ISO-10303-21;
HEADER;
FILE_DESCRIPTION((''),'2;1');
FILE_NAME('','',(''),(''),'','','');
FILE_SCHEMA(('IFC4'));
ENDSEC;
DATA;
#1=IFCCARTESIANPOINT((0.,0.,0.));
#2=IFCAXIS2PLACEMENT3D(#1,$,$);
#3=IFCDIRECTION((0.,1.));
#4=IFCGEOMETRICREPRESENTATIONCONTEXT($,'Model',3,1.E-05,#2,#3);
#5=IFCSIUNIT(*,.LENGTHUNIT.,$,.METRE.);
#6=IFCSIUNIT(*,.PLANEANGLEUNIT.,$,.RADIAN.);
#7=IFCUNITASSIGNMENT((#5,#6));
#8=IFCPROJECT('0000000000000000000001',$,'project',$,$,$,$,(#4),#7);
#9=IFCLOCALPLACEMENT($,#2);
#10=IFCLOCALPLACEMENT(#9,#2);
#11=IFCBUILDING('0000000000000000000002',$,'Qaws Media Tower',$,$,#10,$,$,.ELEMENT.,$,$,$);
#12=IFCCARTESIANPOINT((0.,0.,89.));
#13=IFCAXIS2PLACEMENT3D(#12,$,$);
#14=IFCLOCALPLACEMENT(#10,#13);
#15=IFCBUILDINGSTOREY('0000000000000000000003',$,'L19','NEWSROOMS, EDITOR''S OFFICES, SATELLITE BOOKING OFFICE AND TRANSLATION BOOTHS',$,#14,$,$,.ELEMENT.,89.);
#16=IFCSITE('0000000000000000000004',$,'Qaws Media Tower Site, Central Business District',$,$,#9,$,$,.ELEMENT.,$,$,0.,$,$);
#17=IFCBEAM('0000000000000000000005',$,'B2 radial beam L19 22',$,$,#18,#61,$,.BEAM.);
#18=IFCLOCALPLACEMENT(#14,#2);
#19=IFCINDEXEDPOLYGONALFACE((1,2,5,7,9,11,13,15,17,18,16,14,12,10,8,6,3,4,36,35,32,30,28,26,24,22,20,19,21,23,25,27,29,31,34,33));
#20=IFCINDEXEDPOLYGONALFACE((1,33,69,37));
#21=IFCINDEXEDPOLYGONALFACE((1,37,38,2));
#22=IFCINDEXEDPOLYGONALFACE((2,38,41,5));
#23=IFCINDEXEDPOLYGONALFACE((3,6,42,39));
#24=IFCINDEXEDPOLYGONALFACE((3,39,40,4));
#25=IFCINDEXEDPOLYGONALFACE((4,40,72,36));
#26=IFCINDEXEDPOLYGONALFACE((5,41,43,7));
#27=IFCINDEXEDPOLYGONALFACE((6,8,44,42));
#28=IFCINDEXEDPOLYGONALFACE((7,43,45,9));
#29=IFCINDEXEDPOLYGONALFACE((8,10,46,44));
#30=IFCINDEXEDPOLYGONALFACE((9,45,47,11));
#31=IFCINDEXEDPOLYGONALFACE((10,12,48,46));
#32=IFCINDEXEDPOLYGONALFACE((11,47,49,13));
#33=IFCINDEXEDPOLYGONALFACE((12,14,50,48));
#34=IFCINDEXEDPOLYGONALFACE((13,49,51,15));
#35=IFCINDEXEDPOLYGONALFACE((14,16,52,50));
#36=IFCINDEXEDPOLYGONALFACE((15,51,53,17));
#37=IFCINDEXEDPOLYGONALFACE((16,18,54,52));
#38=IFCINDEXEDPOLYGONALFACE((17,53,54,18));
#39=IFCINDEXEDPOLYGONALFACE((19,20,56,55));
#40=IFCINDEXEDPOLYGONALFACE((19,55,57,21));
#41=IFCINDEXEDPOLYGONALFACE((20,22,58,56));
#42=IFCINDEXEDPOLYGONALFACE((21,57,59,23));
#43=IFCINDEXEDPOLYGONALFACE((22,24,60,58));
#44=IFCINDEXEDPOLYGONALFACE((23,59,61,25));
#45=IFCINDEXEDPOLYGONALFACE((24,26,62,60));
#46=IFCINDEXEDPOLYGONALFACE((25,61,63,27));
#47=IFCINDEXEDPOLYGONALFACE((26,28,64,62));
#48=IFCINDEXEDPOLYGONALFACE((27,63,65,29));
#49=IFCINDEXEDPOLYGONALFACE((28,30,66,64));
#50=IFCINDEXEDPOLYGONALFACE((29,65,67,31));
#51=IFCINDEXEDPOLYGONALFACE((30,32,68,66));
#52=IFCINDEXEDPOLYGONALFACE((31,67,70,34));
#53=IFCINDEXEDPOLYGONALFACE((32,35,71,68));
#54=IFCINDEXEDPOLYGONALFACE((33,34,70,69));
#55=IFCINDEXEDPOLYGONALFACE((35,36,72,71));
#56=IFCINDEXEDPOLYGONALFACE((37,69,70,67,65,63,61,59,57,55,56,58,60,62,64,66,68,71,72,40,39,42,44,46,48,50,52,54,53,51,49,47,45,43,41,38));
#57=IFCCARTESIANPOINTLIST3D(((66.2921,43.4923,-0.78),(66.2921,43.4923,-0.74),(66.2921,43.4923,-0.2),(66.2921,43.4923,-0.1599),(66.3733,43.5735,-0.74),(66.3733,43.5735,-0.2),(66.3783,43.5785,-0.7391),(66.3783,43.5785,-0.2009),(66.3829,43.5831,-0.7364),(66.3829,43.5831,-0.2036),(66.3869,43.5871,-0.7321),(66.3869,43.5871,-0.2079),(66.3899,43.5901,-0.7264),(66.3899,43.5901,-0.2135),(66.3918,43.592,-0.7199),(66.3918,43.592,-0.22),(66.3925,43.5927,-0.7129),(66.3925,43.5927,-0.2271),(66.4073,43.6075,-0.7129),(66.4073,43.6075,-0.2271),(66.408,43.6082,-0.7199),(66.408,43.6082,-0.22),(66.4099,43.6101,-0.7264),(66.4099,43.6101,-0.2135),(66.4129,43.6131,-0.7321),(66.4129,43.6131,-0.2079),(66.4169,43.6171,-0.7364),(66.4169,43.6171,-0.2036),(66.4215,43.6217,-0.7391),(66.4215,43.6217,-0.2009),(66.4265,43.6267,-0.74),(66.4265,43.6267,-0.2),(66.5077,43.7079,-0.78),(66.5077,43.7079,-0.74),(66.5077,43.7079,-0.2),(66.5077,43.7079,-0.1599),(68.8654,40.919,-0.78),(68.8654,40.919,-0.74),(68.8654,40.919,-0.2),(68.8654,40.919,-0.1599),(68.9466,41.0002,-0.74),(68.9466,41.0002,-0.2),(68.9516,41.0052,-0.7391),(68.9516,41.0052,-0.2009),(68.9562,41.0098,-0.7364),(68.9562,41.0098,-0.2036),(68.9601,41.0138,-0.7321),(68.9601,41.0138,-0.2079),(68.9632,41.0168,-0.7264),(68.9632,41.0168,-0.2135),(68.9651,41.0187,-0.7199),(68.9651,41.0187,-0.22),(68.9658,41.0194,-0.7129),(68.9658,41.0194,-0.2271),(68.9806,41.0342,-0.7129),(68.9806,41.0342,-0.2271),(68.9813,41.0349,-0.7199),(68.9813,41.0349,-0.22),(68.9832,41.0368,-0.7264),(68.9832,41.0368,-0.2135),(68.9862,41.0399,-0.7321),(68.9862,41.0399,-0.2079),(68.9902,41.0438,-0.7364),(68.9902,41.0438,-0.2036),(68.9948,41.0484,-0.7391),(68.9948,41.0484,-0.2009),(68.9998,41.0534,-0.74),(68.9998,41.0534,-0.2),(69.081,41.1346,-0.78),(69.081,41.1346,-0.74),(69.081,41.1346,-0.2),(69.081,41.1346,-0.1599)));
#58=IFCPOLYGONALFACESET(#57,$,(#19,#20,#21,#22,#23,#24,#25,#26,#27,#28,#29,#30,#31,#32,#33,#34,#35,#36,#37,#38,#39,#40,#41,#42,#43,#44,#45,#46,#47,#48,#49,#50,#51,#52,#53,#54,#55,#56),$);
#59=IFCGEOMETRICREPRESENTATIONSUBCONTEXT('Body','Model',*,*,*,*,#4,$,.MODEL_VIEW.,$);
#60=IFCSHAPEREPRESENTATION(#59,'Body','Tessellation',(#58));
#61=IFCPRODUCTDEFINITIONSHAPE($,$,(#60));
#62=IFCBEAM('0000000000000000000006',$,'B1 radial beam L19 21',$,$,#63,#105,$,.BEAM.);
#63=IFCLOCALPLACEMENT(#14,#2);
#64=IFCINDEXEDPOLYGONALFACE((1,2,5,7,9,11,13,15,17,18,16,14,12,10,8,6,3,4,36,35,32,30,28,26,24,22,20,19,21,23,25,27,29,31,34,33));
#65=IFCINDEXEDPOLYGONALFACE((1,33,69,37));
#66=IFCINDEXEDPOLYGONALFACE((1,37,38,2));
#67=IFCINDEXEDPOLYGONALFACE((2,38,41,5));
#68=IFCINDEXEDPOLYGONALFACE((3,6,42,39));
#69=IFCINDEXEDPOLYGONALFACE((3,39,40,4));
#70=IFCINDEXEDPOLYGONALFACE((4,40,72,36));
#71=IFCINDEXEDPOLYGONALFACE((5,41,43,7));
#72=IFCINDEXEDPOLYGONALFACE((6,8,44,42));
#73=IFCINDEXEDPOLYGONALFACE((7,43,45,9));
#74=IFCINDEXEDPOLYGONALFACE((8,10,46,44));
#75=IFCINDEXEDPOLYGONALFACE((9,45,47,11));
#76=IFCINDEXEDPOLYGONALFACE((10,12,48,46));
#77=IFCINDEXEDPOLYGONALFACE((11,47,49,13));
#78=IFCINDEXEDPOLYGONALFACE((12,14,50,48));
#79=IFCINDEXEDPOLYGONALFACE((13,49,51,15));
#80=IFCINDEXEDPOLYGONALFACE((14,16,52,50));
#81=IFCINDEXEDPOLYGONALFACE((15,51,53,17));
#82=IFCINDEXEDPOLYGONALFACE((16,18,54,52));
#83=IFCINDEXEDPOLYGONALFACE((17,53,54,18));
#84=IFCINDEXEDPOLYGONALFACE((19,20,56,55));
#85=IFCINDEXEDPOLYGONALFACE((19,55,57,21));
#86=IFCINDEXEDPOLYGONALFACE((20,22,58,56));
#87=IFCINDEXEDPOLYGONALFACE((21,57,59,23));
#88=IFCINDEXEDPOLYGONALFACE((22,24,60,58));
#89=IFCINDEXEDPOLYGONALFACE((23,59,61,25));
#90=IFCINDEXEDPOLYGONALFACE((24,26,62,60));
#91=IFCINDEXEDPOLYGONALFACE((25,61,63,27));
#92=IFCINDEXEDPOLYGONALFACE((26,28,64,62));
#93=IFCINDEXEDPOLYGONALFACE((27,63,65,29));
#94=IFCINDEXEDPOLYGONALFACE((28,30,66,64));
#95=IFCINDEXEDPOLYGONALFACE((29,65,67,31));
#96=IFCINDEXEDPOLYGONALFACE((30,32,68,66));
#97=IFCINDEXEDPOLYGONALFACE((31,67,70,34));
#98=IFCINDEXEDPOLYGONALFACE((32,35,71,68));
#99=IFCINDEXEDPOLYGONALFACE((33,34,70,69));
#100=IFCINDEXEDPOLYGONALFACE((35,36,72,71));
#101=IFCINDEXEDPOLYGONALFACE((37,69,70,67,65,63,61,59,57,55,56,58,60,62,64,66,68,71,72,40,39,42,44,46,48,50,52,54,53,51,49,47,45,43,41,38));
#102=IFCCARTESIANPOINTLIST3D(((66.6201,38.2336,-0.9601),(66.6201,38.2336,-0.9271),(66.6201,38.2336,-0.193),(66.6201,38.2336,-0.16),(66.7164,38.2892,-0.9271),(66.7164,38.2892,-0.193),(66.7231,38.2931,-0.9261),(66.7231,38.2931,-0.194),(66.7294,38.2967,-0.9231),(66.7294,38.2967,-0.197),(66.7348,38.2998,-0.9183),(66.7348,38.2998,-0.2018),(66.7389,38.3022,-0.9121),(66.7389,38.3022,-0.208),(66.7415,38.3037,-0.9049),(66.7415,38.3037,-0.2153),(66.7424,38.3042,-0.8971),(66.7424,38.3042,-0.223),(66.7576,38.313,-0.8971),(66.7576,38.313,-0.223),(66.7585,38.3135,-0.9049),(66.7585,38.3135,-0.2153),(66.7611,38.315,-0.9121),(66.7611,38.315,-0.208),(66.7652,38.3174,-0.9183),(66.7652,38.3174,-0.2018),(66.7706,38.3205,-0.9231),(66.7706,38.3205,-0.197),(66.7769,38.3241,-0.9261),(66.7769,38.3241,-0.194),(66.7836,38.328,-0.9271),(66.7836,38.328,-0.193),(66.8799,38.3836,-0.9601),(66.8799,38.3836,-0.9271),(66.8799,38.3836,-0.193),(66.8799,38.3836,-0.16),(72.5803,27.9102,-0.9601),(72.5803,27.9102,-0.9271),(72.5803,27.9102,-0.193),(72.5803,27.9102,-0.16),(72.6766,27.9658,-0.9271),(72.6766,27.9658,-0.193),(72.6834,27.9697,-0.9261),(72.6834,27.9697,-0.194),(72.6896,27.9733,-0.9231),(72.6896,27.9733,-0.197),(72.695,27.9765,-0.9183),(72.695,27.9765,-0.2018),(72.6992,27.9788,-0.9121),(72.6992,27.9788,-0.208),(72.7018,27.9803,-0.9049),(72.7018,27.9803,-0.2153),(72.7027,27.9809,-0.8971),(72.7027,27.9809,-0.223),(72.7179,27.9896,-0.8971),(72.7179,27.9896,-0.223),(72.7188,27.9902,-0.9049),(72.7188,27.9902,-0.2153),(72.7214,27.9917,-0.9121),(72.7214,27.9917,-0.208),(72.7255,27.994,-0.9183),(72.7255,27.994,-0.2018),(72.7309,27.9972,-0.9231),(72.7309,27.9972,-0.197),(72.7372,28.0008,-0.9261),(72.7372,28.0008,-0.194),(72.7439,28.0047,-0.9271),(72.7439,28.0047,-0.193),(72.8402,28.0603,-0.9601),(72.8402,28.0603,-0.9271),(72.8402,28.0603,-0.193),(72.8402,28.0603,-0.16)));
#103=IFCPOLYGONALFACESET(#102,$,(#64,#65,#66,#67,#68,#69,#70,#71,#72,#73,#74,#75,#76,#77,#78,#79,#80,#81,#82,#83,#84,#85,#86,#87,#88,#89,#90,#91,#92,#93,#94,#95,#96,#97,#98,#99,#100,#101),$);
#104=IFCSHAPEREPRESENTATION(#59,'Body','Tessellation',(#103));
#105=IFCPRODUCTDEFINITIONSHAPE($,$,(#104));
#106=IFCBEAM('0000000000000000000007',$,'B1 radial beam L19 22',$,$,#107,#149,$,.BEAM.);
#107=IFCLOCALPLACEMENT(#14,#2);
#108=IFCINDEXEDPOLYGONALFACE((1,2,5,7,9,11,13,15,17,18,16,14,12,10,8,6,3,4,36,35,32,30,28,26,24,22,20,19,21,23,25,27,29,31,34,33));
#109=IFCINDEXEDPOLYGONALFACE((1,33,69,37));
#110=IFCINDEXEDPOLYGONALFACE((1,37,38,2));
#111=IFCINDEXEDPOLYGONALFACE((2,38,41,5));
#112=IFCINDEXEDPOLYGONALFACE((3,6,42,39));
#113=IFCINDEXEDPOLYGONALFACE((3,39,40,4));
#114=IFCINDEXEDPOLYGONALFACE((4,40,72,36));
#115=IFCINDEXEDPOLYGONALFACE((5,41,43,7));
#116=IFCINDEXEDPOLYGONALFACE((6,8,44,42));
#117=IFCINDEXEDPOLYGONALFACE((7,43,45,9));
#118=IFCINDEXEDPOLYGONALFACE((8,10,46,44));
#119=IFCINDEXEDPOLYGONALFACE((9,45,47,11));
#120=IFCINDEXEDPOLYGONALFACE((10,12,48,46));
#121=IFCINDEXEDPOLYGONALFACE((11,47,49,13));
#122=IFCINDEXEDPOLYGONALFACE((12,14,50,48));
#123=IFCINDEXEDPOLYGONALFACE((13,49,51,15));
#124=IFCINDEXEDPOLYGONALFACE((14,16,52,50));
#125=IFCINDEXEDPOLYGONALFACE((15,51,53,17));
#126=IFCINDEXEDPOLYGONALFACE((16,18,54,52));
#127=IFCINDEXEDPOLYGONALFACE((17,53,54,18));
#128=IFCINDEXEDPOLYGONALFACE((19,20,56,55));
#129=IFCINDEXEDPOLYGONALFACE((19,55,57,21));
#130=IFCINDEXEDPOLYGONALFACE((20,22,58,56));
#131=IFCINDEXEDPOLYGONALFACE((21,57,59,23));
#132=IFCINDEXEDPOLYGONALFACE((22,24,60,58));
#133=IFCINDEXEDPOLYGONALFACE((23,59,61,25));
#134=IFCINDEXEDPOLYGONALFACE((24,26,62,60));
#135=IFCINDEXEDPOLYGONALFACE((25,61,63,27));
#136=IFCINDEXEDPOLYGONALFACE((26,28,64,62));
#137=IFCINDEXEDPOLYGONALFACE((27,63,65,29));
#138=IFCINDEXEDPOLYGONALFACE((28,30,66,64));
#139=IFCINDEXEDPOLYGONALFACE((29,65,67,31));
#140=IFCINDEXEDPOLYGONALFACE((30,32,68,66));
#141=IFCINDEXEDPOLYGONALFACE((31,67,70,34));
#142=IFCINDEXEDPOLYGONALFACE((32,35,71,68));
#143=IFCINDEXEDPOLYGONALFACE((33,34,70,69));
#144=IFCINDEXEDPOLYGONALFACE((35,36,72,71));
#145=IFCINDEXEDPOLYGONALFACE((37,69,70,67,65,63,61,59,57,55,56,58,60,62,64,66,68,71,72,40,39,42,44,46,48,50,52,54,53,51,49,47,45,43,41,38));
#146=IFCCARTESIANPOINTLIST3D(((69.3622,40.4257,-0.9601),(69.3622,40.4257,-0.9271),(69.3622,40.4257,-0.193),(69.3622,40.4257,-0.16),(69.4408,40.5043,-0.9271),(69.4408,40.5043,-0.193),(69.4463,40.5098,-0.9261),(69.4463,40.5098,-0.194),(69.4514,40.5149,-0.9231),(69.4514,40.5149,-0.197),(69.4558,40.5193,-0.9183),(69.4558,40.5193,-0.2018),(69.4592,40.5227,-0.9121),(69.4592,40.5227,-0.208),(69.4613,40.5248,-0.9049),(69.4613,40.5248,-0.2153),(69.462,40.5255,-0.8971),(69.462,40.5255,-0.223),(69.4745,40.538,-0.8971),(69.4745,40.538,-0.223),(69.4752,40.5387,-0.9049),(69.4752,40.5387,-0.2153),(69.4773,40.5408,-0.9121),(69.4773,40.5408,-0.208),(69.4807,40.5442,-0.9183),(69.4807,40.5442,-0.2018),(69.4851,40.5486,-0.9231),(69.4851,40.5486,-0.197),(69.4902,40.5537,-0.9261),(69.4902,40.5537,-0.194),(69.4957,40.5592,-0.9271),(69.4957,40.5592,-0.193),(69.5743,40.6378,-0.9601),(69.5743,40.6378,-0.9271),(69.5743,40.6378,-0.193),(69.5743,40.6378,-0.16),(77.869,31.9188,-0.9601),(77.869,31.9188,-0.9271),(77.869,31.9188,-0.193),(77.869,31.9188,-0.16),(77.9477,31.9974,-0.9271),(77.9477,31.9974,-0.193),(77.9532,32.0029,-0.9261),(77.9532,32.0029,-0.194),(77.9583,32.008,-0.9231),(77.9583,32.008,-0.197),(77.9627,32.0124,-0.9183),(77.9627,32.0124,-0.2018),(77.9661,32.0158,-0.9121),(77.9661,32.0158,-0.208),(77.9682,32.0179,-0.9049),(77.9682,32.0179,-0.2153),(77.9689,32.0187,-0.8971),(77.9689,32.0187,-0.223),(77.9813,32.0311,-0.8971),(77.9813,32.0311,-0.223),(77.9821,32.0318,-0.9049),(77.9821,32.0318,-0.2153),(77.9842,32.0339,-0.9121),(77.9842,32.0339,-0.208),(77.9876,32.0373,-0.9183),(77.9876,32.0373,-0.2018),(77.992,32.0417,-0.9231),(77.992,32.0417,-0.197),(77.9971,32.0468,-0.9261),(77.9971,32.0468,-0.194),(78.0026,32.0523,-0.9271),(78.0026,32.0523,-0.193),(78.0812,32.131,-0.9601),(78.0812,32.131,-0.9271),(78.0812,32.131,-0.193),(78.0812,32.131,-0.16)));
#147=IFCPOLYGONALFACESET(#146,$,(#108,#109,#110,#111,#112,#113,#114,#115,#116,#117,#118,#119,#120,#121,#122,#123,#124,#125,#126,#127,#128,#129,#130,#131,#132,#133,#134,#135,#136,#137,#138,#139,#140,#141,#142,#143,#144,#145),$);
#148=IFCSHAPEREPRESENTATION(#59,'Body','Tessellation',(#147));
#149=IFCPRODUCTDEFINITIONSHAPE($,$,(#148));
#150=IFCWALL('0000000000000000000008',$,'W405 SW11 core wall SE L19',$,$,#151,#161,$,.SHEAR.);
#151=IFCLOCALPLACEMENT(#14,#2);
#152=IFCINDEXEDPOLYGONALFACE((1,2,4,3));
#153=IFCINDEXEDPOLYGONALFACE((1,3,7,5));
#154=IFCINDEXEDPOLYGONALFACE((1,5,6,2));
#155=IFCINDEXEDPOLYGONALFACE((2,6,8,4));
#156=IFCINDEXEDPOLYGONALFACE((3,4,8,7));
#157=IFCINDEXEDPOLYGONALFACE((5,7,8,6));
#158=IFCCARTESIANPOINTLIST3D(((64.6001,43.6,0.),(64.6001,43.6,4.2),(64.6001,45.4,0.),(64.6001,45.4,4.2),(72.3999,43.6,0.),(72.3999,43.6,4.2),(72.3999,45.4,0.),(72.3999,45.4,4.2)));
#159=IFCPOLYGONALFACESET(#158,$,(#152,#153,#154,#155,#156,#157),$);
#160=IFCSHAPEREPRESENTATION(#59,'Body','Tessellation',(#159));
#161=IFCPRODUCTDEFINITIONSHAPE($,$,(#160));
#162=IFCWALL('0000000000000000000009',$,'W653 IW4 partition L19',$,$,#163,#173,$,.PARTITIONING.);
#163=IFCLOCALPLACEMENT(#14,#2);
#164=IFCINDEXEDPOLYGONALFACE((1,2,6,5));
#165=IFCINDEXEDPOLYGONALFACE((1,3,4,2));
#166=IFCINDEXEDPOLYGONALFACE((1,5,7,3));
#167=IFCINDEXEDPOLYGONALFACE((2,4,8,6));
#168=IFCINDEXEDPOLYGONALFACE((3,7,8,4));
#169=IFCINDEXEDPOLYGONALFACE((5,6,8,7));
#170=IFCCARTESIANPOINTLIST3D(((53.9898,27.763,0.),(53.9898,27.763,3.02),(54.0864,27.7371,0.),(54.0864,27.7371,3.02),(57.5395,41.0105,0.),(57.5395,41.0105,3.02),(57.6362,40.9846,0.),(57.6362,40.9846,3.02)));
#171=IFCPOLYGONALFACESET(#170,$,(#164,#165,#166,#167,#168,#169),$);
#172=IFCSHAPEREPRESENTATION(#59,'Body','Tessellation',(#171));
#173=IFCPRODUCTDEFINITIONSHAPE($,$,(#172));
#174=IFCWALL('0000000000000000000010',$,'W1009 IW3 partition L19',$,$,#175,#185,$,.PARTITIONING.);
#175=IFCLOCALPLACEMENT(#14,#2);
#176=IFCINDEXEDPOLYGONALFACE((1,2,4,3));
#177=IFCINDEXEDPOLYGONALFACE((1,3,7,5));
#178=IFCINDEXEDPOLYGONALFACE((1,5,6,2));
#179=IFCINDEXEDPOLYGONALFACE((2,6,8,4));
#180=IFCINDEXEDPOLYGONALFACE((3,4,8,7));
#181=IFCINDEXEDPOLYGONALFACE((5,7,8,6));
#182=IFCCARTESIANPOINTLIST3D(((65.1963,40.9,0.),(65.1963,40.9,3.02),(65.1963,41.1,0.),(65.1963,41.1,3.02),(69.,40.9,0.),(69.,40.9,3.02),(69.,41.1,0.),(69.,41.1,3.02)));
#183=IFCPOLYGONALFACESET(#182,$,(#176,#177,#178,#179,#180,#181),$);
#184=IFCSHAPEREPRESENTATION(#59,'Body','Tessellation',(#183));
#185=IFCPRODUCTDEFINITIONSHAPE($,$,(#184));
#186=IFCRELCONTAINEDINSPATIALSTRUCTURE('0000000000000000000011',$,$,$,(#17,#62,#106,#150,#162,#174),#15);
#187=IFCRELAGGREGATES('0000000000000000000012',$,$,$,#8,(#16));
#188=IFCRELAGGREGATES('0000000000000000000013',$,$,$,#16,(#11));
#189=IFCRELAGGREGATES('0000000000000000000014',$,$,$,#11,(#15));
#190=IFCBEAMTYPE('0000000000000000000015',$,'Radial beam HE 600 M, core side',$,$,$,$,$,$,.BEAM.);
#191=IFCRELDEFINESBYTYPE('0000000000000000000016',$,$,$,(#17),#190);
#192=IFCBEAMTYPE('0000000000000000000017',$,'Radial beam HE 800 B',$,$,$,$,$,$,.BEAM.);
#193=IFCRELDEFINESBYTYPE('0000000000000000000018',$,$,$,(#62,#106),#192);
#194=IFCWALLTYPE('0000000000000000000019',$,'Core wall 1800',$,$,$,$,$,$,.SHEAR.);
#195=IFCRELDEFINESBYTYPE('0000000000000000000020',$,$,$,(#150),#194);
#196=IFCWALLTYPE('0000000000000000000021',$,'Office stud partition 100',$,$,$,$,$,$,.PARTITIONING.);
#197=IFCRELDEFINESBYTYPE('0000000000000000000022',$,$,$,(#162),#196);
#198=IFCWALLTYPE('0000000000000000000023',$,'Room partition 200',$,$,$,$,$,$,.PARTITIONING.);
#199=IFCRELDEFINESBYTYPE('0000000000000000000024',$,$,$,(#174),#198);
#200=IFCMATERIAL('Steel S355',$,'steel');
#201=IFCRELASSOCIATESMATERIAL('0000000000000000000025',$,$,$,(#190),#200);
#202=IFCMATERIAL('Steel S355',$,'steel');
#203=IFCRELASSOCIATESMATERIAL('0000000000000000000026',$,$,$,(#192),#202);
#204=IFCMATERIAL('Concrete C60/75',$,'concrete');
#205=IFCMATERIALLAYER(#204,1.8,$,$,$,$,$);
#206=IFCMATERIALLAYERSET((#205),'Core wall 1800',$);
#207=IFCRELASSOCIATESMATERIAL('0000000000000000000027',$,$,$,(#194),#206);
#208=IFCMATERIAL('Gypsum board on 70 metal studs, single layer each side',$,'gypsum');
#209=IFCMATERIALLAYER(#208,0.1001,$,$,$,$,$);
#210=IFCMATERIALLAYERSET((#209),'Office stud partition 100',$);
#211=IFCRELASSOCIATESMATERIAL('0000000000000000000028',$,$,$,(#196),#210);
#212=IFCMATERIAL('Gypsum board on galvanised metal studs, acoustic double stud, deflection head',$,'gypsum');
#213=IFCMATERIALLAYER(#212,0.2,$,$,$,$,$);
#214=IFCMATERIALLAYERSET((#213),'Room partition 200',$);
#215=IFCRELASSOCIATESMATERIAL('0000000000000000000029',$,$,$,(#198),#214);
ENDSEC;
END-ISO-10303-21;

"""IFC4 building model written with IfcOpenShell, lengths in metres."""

from ifc_helpers import new_model, si_unit, direction, frame, frame_2d, origin, origin_2d, place, context, subcontext, project, spatial, rectangle, i_section, extrude, material, layer, layer_set, material_profile, profile_set, type_object, element, save


model = new_model("IFC4")

# Units and contexts
model_context = context("Model", 3, precision=1e-05, world=origin(), true_north=direction((0.0, 1.0)))
body_context = subcontext(model_context, "Body", "Model", "MODEL_VIEW")
ifc_project = project(units=[si_unit("LENGTHUNIT", "METRE"), si_unit("PLANEANGLEUNIT", "RADIAN")], contexts=[model_context])

# Site, building, storey
site_placement = place(None, origin())
site = spatial("IfcSite", under=ifc_project, at=site_placement, Name="Qaws Media Tower Site, Central Business District", CompositionType="ELEMENT", RefElevation=0.0)
building_placement = place(site_placement, origin())
building = spatial("IfcBuilding", under=site, at=building_placement, Name="Qaws Media Tower", CompositionType="ELEMENT")
storey_placement = place(building_placement, frame((0.0, 0.0, 89.0)))
storey = spatial("IfcBuildingStorey", under=building, at=storey_placement, Name="L19", Description="NEWSROOMS, EDITOR'S OFFICES, SATELLITE BOOKING OFFICE AND TRANSLATION BOOTHS", CompositionType="ELEMENT", Elevation=89.0)

# Beams
ifc_material_1 = material(Name="Steel S355", Category="steel")
ifc_material_profile_1 = material_profile(ifc_material_1, i_section(OverallWidth=0.3049, OverallDepth=0.6201, WebThickness=0.021, FlangeThickness=0.04, FilletRadius=0.0271, at=origin_2d()), Name="HE 600 M")
ifc_profile_set_1 = profile_set([ifc_material_profile_1], Name="Steel S355")
beam_type_1 = type_object("IfcBeamType", Name="Radial beam HE 600 M, core side", PredefinedType="BEAM", material=ifc_profile_set_1)
beam_1_placement = place(storey_placement, frame((66.3999, 43.6001, -0.47), z_axis=(0.707107, -0.707107, 0.0), x_axis=(0.707107, 0.707107, 0.0)))
element("IfcBeam", 1, at=beam_1_placement, inside=storey, type_object=beam_type_1, Name="B2 radial beam L19 22", PredefinedType="BEAM", context=body_context, shape_type="SweptSolid", body=[
    extrude(i_section(OverallWidth=0.3049, OverallDepth=0.6201, WebThickness=0.021, FlangeThickness=0.04, FilletRadius=0.0271, at=origin_2d()), origin(), (0.0, 0.0, 1.0), 3.6392),
])
ifc_material_2 = material(Name="Steel S355", Category="steel")
ifc_material_profile_2 = material_profile(ifc_material_2, i_section(OverallWidth=0.3, OverallDepth=0.8, WebThickness=0.0176, FlangeThickness=0.033, FilletRadius=0.03, at=origin_2d()), Name="HE 800 B")
ifc_profile_set_2 = profile_set([ifc_material_profile_2], Name="Steel S355")
beam_type_2 = type_object("IfcBeamType", Name="Radial beam HE 800 B", PredefinedType="BEAM", material=ifc_profile_set_2)
beam_2_placement = place(storey_placement, frame((66.75, 38.3086, -0.5601), z_axis=(0.500005, -0.866023, 0.0), x_axis=(0.866023, 0.500005, 0.0)))
element("IfcBeam", 2, at=beam_2_placement, inside=storey, type_object=beam_type_2, Name="B1 radial beam L19 21", PredefinedType="BEAM", context=body_context, shape_type="SweptSolid", body=[
    extrude(i_section(OverallWidth=0.3, OverallDepth=0.8, WebThickness=0.0176, FlangeThickness=0.033, FilletRadius=0.03, at=origin_2d()), origin(), (0.0, 0.0, 1.0), 11.9204),
])
beam_3_placement = place(storey_placement, frame((69.4683, 40.5317, -0.5601), z_axis=(0.707107, -0.707107, 0.0), x_axis=(0.707107, 0.707107, 0.0)))
element("IfcBeam", 3, at=beam_3_placement, inside=storey, type_object=beam_type_2, Name="B1 radial beam L19 22", PredefinedType="BEAM", context=body_context, shape_type="SweptSolid", body=[
    extrude(i_section(OverallWidth=0.3, OverallDepth=0.8, WebThickness=0.0176, FlangeThickness=0.033, FilletRadius=0.03, at=origin_2d()), origin(), (0.0, 0.0, 1.0), 12.0305),
])

# Walls
ifc_material_3 = material(Name="Concrete C60/75", Category="concrete")
ifc_layer_1 = layer(ifc_material_3, 1.8)
ifc_layer_set_1 = layer_set([ifc_layer_1], Name="Core wall 1800")
wall_type_1 = type_object("IfcWallType", Name="Core wall 1800", PredefinedType="SHEAR", material=ifc_layer_set_1)
wall_1_placement = place(storey_placement, frame((64.6001, 44.5, 0.0), z_axis=(0.0, 0.0, 1.0), x_axis=(1.0, 0.0, 0.0)))
element("IfcWall", 4, at=wall_1_placement, inside=storey, type_object=wall_type_1, Name="W405 SW11 core wall SE L19", PredefinedType="SHEAR", context=body_context, shape_type="SweptSolid", body=[
    extrude(rectangle(XDim=7.7998, YDim=1.8, at=frame_2d((3.8999, 0.0))), origin(), (0.0, 0.0, 1.0), 4.2),
])
ifc_material_4 = material(Name="Gypsum board on 70 metal studs, single layer each side", Category="gypsum")
ifc_layer_2 = layer(ifc_material_4, 0.1001)
ifc_layer_set_2 = layer_set([ifc_layer_2], Name="Office stud partition 100")
wall_type_2 = type_object("IfcWallType", Name="Office stud partition 100", PredefinedType="PARTITIONING", material=ifc_layer_set_2)
wall_2_placement = place(storey_placement, frame((57.5879, 40.9976, 0.0), z_axis=(0.0, 0.0, 1.0), x_axis=(-0.258828, -0.965923, 0.0)))
element("IfcWall", 5, at=wall_2_placement, inside=storey, type_object=wall_type_2, Name="W653 IW4 partition L19", PredefinedType="PARTITIONING", context=body_context, shape_type="SweptSolid", body=[
    extrude(rectangle(XDim=13.7148, YDim=0.1001, at=frame_2d((6.8574, 0.0))), origin(), (0.0, 0.0, 1.0), 3.02),
])
ifc_material_5 = material(Name="Gypsum board on galvanised metal studs, acoustic double stud, deflection head", Category="gypsum")
ifc_layer_3 = layer(ifc_material_5, 0.2)
ifc_layer_set_3 = layer_set([ifc_layer_3], Name="Room partition 200")
wall_type_3 = type_object("IfcWallType", Name="Room partition 200", PredefinedType="PARTITIONING", material=ifc_layer_set_3)
wall_3_placement = place(storey_placement, frame((69.0, 41.0, 0.0), z_axis=(0.0, 0.0, 1.0), x_axis=(-1.0, 0.0, 0.0)))
element("IfcWall", 6, at=wall_3_placement, inside=storey, type_object=wall_type_3, Name="W1009 IW3 partition L19", PredefinedType="PARTITIONING", context=body_context, shape_type="SweptSolid", body=[
    extrude(rectangle(XDim=3.8037, YDim=0.2, at=frame_2d((1.9019, 0.0))), origin(), (0.0, 0.0, 1.0), 3.02),
])

save(model, "model.ifc")
